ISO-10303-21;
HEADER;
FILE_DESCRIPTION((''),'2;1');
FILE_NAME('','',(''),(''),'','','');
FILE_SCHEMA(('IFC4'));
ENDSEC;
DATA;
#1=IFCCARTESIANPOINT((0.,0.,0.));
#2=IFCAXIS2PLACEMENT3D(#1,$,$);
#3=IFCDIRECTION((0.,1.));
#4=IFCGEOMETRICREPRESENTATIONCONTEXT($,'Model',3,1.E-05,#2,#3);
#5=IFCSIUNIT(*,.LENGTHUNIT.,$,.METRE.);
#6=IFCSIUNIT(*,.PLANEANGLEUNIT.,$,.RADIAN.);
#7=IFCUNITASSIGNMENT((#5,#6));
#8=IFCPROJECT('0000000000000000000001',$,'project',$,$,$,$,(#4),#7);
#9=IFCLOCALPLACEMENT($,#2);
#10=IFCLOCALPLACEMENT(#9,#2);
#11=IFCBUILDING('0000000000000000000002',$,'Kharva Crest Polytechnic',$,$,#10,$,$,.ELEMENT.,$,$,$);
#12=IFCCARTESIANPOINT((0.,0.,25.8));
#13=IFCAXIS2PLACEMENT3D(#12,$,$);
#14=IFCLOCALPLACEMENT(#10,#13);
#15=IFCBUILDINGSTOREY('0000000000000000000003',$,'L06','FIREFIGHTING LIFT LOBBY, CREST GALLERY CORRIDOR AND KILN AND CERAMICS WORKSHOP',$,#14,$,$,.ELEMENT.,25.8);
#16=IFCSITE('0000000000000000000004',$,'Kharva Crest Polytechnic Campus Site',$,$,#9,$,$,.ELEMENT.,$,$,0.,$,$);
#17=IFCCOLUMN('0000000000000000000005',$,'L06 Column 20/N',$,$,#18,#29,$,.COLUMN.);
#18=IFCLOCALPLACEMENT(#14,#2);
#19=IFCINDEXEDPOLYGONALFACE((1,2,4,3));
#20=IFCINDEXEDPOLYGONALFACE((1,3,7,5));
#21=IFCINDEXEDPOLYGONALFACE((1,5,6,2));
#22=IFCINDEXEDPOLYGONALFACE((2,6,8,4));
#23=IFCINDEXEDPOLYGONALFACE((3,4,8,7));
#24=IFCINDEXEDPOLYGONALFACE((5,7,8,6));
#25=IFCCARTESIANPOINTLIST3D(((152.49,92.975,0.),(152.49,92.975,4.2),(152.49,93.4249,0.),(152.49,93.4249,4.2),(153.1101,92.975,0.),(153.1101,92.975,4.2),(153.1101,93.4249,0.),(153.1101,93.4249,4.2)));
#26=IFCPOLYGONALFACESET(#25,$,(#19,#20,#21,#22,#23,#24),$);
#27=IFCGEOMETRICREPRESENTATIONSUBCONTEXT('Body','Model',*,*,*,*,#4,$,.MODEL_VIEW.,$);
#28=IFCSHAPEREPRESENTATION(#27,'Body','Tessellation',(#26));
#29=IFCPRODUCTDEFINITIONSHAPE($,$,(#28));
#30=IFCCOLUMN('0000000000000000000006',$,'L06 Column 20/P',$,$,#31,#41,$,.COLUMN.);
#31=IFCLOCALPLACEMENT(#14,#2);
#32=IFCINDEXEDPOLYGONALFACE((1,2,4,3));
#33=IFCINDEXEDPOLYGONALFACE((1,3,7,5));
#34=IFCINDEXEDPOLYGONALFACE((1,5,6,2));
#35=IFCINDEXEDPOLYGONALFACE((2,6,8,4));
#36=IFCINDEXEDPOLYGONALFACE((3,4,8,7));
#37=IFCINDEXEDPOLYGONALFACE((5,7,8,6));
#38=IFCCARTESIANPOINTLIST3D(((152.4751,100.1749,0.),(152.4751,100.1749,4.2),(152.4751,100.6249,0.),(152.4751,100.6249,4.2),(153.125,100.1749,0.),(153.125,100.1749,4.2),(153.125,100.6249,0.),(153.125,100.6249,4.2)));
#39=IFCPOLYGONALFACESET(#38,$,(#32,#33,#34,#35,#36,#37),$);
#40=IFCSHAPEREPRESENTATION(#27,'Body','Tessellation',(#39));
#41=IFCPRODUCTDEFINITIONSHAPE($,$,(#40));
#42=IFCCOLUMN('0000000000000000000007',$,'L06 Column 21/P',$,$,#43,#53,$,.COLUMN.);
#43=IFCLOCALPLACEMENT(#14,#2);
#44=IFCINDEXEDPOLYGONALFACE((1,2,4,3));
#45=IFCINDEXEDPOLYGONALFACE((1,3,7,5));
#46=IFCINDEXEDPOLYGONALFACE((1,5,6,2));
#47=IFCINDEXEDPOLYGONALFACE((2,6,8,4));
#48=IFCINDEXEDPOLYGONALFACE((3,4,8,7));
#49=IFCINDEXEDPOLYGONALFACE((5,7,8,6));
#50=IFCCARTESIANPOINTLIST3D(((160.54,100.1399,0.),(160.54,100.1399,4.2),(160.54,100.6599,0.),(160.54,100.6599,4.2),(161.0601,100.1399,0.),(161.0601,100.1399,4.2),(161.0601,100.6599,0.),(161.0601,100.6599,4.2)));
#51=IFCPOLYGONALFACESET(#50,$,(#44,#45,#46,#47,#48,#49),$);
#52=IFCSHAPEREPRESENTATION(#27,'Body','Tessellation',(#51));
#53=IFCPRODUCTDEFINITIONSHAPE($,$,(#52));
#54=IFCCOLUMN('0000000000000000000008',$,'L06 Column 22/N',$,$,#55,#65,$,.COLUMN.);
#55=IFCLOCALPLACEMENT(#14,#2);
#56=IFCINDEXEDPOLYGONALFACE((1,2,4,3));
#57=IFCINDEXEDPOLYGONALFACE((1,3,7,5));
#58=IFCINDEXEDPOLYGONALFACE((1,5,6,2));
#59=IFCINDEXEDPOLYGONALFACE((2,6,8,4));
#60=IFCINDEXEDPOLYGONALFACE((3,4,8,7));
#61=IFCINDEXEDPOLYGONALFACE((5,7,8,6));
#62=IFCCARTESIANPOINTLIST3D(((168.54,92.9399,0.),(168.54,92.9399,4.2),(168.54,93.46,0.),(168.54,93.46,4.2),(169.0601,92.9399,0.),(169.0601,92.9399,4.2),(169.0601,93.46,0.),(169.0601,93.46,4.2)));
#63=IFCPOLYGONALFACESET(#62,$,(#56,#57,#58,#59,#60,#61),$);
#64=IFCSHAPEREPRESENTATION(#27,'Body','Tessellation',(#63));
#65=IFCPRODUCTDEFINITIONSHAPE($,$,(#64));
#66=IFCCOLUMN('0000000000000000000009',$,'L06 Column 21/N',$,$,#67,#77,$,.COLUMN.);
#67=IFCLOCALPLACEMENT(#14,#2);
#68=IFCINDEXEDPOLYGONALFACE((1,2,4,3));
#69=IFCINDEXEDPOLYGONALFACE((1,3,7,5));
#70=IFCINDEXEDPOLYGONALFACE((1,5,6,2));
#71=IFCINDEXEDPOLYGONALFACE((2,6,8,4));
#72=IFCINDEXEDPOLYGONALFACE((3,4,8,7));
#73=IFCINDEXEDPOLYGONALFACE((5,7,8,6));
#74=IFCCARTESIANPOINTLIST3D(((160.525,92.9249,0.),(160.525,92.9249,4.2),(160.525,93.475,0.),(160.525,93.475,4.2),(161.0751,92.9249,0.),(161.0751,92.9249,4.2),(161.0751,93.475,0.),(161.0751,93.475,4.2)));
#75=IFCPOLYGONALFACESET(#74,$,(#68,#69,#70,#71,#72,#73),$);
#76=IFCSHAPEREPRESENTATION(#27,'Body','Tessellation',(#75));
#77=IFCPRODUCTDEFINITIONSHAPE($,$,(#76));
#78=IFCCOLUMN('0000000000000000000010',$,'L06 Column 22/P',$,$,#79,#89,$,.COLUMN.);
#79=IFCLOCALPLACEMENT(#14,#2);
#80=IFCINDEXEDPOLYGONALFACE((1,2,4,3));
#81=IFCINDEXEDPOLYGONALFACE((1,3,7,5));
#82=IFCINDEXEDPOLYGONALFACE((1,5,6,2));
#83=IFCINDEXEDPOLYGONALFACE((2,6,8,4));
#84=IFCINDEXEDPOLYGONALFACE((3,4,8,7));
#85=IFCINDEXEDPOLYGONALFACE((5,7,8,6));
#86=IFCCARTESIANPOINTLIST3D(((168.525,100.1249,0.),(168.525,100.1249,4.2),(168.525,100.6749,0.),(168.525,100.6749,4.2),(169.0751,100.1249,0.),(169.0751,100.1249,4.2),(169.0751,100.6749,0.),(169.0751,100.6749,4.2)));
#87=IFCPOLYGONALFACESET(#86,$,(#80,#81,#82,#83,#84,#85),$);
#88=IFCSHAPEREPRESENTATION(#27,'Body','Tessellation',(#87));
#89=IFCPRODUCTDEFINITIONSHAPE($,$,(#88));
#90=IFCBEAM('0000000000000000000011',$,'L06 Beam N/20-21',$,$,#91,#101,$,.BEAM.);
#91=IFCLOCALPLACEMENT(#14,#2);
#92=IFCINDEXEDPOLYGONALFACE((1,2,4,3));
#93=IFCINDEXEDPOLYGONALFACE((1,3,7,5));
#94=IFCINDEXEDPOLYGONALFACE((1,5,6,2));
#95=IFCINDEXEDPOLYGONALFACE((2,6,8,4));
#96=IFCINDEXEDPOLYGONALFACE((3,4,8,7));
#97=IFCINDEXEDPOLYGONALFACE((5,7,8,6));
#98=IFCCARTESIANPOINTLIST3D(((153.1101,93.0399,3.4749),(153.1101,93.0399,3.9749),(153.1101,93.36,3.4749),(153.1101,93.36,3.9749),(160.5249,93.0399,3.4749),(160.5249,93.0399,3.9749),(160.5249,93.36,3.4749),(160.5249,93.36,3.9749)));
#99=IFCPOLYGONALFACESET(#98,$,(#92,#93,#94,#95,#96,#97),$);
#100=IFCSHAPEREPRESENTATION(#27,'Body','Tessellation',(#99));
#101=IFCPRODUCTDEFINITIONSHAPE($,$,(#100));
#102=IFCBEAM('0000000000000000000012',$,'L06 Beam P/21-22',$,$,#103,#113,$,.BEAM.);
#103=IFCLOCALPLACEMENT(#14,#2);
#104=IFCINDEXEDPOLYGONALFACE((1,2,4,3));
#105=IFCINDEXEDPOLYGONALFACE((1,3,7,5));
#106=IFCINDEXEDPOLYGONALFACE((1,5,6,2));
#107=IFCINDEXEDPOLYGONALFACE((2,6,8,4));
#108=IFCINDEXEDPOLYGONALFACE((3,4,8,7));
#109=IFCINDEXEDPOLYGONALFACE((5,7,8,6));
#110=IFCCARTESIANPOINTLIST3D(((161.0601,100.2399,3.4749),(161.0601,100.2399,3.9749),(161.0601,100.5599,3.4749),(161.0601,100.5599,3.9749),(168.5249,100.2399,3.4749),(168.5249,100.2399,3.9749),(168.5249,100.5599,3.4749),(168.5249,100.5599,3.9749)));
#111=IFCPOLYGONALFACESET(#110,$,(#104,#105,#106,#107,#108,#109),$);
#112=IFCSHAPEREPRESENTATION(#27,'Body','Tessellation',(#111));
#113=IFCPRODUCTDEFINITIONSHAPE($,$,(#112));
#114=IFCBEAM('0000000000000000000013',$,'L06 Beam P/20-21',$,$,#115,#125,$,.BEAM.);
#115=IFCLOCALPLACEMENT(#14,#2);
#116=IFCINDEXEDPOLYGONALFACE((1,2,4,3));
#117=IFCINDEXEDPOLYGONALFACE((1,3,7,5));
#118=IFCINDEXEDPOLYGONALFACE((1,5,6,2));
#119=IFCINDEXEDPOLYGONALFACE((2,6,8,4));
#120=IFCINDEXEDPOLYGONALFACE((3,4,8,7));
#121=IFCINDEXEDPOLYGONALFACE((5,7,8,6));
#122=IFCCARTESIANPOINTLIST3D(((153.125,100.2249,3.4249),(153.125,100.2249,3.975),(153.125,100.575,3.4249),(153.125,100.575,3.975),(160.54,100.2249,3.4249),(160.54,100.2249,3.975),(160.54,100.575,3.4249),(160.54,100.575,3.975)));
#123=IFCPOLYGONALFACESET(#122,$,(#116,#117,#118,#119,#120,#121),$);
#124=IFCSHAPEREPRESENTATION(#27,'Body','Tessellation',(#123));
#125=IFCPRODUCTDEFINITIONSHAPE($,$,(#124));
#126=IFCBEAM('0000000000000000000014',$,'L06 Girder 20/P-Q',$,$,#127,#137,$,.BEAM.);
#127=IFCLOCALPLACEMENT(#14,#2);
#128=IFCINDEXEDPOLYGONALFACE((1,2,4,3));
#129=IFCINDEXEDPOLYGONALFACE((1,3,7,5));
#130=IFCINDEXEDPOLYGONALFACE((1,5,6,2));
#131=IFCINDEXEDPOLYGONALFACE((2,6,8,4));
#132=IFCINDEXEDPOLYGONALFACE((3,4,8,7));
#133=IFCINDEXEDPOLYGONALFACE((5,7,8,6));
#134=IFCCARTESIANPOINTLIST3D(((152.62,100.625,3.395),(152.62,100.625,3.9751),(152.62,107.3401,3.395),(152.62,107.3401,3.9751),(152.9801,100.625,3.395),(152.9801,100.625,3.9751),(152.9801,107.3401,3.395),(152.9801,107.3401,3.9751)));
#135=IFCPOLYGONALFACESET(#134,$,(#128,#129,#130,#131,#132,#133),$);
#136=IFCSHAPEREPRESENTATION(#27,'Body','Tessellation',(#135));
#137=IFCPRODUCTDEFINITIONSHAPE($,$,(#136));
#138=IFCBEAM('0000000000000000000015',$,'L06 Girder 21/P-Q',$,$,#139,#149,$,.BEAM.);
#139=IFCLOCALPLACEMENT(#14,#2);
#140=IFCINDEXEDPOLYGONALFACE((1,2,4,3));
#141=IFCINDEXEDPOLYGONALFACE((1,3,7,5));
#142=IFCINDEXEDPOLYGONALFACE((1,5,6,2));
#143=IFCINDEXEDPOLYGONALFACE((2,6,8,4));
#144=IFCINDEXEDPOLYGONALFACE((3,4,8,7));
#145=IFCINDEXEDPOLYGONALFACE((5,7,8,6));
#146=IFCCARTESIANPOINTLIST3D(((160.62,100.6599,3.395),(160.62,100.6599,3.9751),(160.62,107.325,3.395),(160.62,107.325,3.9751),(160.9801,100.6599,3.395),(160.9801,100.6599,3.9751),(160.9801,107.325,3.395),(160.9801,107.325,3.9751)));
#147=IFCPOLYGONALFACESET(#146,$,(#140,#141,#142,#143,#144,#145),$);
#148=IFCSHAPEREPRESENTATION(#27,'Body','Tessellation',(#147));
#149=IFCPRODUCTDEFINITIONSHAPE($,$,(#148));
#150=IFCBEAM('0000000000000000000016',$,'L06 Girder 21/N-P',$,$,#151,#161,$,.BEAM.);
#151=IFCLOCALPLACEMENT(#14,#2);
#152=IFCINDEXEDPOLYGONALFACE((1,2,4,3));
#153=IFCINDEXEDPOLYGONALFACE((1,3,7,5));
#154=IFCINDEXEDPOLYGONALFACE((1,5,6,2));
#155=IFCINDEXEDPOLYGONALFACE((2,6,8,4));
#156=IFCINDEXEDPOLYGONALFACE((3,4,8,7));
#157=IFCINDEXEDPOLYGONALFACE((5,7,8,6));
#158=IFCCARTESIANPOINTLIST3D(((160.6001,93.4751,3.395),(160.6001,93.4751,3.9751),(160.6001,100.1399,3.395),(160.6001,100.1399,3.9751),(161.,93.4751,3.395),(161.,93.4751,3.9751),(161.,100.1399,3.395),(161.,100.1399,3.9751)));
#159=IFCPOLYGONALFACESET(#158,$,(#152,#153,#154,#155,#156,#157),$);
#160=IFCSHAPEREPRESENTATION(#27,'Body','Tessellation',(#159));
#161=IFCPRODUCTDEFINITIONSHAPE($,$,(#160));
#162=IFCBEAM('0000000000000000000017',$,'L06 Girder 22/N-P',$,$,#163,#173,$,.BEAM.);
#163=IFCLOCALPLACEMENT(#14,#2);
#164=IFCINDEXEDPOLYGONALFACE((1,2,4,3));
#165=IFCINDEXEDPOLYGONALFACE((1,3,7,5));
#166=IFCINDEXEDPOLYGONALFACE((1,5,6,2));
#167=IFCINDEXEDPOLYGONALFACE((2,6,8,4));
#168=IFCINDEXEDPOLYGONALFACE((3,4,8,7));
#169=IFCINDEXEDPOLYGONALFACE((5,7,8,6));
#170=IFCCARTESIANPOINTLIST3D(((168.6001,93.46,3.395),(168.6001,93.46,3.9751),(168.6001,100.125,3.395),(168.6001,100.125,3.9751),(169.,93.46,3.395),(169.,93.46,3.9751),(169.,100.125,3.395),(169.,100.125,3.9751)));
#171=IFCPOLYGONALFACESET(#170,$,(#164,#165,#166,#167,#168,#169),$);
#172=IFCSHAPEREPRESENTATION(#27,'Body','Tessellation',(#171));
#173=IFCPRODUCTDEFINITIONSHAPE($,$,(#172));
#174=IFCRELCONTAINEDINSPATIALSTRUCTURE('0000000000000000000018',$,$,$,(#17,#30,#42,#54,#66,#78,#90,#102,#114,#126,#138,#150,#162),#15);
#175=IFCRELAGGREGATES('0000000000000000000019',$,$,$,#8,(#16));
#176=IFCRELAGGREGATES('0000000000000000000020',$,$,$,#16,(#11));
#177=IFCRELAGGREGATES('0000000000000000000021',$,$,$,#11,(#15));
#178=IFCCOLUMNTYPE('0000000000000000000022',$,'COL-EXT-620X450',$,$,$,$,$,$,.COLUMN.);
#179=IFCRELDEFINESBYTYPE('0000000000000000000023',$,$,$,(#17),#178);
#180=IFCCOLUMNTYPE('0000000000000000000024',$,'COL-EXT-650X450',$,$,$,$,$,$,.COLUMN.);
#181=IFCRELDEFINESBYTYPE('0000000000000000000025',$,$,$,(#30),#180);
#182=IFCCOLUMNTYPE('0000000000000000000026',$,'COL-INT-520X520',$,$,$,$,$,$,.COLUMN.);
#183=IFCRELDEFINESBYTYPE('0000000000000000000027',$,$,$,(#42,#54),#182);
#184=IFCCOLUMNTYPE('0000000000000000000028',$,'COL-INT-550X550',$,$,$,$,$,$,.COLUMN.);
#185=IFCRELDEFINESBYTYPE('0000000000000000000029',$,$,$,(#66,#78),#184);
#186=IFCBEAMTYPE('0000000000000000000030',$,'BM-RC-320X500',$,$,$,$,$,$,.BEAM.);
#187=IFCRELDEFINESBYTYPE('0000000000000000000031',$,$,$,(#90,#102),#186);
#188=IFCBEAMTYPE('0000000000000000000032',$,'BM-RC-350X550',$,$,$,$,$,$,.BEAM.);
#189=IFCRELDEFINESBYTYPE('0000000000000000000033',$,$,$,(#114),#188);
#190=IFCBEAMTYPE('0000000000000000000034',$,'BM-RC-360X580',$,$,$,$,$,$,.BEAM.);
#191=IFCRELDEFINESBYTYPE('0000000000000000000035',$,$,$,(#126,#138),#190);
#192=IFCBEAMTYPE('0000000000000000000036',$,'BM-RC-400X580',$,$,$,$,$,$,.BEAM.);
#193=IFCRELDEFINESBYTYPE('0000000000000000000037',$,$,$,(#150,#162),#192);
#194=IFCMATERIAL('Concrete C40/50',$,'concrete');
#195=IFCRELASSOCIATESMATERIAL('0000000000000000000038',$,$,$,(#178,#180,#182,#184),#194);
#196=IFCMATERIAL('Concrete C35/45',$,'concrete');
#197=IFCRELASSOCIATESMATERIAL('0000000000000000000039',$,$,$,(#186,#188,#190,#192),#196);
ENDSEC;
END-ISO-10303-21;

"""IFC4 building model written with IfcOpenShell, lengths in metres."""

from ifc_helpers import new_model, si_unit, direction, frame, origin, origin_2d, place, context, subcontext, project, spatial, rectangle, extrude, material, material_profile, profile_set, type_object, element, save


model = new_model("IFC4")

# Units and contexts
model_context = context("Model", 3, precision=1e-05, world=origin(), true_north=direction((0.0, 1.0)))
body_context = subcontext(model_context, "Body", "Model", "MODEL_VIEW")
ifc_project = project(units=[si_unit("LENGTHUNIT", "METRE"), si_unit("PLANEANGLEUNIT", "RADIAN")], contexts=[model_context])

# Site, building, storey
site_placement = place(None, origin())
site = spatial("IfcSite", under=ifc_project, at=site_placement, Name="Kharva Crest Polytechnic Campus Site", CompositionType="ELEMENT", RefElevation=0.0)
building_placement = place(site_placement, origin())
building = spatial("IfcBuilding", under=site, at=building_placement, Name="Kharva Crest Polytechnic", CompositionType="ELEMENT")
storey_placement = place(building_placement, frame((0.0, 0.0, 25.8)))
storey = spatial("IfcBuildingStorey", under=building, at=storey_placement, Name="L06", Description="FIREFIGHTING LIFT LOBBY, CREST GALLERY CORRIDOR AND KILN AND CERAMICS WORKSHOP", CompositionType="ELEMENT", Elevation=25.8)

# Columns
ifc_material_1 = material(Name="Concrete C40/50", Category="concrete")
ifc_material_profile_1 = material_profile(ifc_material_1, rectangle(XDim=0.6201, YDim=0.45, at=origin_2d()), Name="RECT 620 X 450")
ifc_profile_set_1 = profile_set([ifc_material_profile_1], Name="Concrete C40/50")
column_type_1 = type_object("IfcColumnType", Name="COL-EXT-620X450", PredefinedType="COLUMN", material=ifc_profile_set_1)
column_1_placement = place(storey_placement, frame((152.8, 93.2, 0.0), z_axis=(0.0, 0.0, 1.0), x_axis=(1.0, 0.0, 0.0)))
element("IfcColumn", 1, at=column_1_placement, inside=storey, type_object=column_type_1, Name="L06 Column 20/N", PredefinedType="COLUMN", context=body_context, shape_type="SweptSolid", body=[
    extrude(rectangle(XDim=0.6201, YDim=0.45, at=origin_2d()), origin(), (0.0, 0.0, 1.0), 4.2),
])
ifc_material_profile_2 = material_profile(ifc_material_1, rectangle(XDim=0.6499, YDim=0.45, at=origin_2d()), Name="RECT 650 X 450")
ifc_profile_set_2 = profile_set([ifc_material_profile_2], Name="Concrete C40/50")
column_type_2 = type_object("IfcColumnType", Name="COL-EXT-650X450", PredefinedType="COLUMN", material=ifc_profile_set_2)
column_2_placement = place(storey_placement, frame((152.8, 100.3999, 0.0), z_axis=(0.0, 0.0, 1.0), x_axis=(1.0, 0.0, 0.0)))
element("IfcColumn", 2, at=column_2_placement, inside=storey, type_object=column_type_2, Name="L06 Column 20/P", PredefinedType="COLUMN", context=body_context, shape_type="SweptSolid", body=[
    extrude(rectangle(XDim=0.6499, YDim=0.45, at=origin_2d()), origin(), (0.0, 0.0, 1.0), 4.2),
])
ifc_material_profile_3 = material_profile(ifc_material_1, rectangle(XDim=0.52, YDim=0.52, at=origin_2d()), Name="RECT 520 X 520")
ifc_profile_set_3 = profile_set([ifc_material_profile_3], Name="Concrete C40/50")
column_type_3 = type_object("IfcColumnType", Name="COL-INT-520X520", PredefinedType="COLUMN", material=ifc_profile_set_3)
for number, where, z_axis, x_axis, name in (
    (3, (160.8, 100.3999, 0.0), (0.0, 0.0, 1.0), (1.0, 0.0, 0.0), "L06 Column 21/P"),
    (4, (168.8, 93.2, 0.0), (0.0, 0.0, 1.0), (1.0, 0.0, 0.0), "L06 Column 22/N"),
):
    element("IfcColumn", number, at=place(storey_placement, frame(where, z_axis=z_axis, x_axis=x_axis)), inside=storey, type_object=column_type_3, Name=name, PredefinedType="COLUMN", context=body_context, shape_type="SweptSolid", body=[
        extrude(rectangle(XDim=0.52, YDim=0.52, at=origin_2d()), origin(), (0.0, 0.0, 1.0), 4.2),
    ])
ifc_material_profile_4 = material_profile(ifc_material_1, rectangle(XDim=0.55, YDim=0.55, at=origin_2d()), Name="RECT 550 X 550")
ifc_profile_set_4 = profile_set([ifc_material_profile_4], Name="Concrete C40/50")
column_type_4 = type_object("IfcColumnType", Name="COL-INT-550X550", PredefinedType="COLUMN", material=ifc_profile_set_4)
for number, where, z_axis, x_axis, name in (
    (5, (160.8, 93.2, 0.0), (0.0, 0.0, 1.0), (1.0, 0.0, 0.0), "L06 Column 21/N"),
    (6, (168.8, 100.3999, 0.0), (0.0, 0.0, 1.0), (1.0, 0.0, 0.0), "L06 Column 22/P"),
):
    element("IfcColumn", number, at=place(storey_placement, frame(where, z_axis=z_axis, x_axis=x_axis)), inside=storey, type_object=column_type_4, Name=name, PredefinedType="COLUMN", context=body_context, shape_type="SweptSolid", body=[
        extrude(rectangle(XDim=0.55, YDim=0.55, at=origin_2d()), origin(), (0.0, 0.0, 1.0), 4.2),
    ])

# Beams
ifc_material_2 = material(Name="Concrete C35/45", Category="concrete")
ifc_material_profile_5 = material_profile(ifc_material_2, rectangle(XDim=0.3201, YDim=0.5, at=origin_2d()), Name="RECT 320 X 500")
ifc_profile_set_5 = profile_set([ifc_material_profile_5], Name="Concrete C35/45")
beam_type_1 = type_object("IfcBeamType", Name="BM-RC-320X500", PredefinedType="BEAM", material=ifc_profile_set_5)
beam_1_placement = place(storey_placement, frame((153.1101, 93.2, 3.7249), z_axis=(1.0, 0.0, 0.0), x_axis=(0.0, 1.0, 0.0)))
element("IfcBeam", 7, at=beam_1_placement, inside=storey, type_object=beam_type_1, Name="L06 Beam N/20-21", PredefinedType="BEAM", context=body_context, shape_type="SweptSolid", body=[
    extrude(rectangle(XDim=0.3201, YDim=0.5, at=origin_2d()), origin(), (0.0, 0.0, 1.0), 7.4148),
])
beam_2_placement = place(storey_placement, frame((161.0601, 100.3999, 3.7249), z_axis=(1.0, 0.0, 0.0), x_axis=(0.0, 1.0, 0.0)))
element("IfcBeam", 8, at=beam_2_placement, inside=storey, type_object=beam_type_1, Name="L06 Beam P/21-22", PredefinedType="BEAM", context=body_context, shape_type="SweptSolid", body=[
    extrude(rectangle(XDim=0.3201, YDim=0.5, at=origin_2d()), origin(), (0.0, 0.0, 1.0), 7.4648),
])
ifc_material_profile_6 = material_profile(ifc_material_2, rectangle(XDim=0.3501, YDim=0.55, at=origin_2d()), Name="RECT 350 X 550")
ifc_profile_set_6 = profile_set([ifc_material_profile_6], Name="Concrete C35/45")
beam_type_2 = type_object("IfcBeamType", Name="BM-RC-350X550", PredefinedType="BEAM", material=ifc_profile_set_6)
beam_3_placement = place(storey_placement, frame((153.125, 100.3999, 3.7), z_axis=(1.0, 0.0, 0.0), x_axis=(0.0, 1.0, 0.0)))
element("IfcBeam", 9, at=beam_3_placement, inside=storey, type_object=beam_type_2, Name="L06 Beam P/20-21", PredefinedType="BEAM", context=body_context, shape_type="SweptSolid", body=[
    extrude(rectangle(XDim=0.3501, YDim=0.55, at=origin_2d()), origin(), (0.0, 0.0, 1.0), 7.415),
])
ifc_material_profile_7 = material_profile(ifc_material_2, rectangle(XDim=0.3601, YDim=0.5801, at=origin_2d()), Name="RECT 360 X 580")
ifc_profile_set_7 = profile_set([ifc_material_profile_7], Name="Concrete C35/45")
beam_type_3 = type_object("IfcBeamType", Name="BM-RC-360X580", PredefinedType="BEAM", material=ifc_profile_set_7)
beam_4_placement = place(storey_placement, frame((152.8, 100.625, 3.6851), z_axis=(0.0, 1.0, 0.0), x_axis=(-1.0, 0.0, 0.0)))
element("IfcBeam", 10, at=beam_4_placement, inside=storey, type_object=beam_type_3, Name="L06 Girder 20/P-Q", PredefinedType="BEAM", context=body_context, shape_type="SweptSolid", body=[
    extrude(rectangle(XDim=0.3601, YDim=0.5801, at=origin_2d()), origin(), (0.0, 0.0, 1.0), 6.7151),
])
beam_5_placement = place(storey_placement, frame((160.8, 100.6599, 3.6851), z_axis=(0.0, 1.0, 0.0), x_axis=(-1.0, 0.0, 0.0)))
element("IfcBeam", 11, at=beam_5_placement, inside=storey, type_object=beam_type_3, Name="L06 Girder 21/P-Q", PredefinedType="BEAM", context=body_context, shape_type="SweptSolid", body=[
    extrude(rectangle(XDim=0.3601, YDim=0.5801, at=origin_2d()), origin(), (0.0, 0.0, 1.0), 6.665),
])
ifc_material_profile_8 = material_profile(ifc_material_2, rectangle(XDim=0.3999, YDim=0.5801, at=origin_2d()), Name="RECT 400 X 580")
ifc_profile_set_8 = profile_set([ifc_material_profile_8], Name="Concrete C35/45")
beam_type_4 = type_object("IfcBeamType", Name="BM-RC-400X580", PredefinedType="BEAM", material=ifc_profile_set_8)
beam_6_placement = place(storey_placement, frame((160.8, 93.4751, 3.6851), z_axis=(0.0, 1.0, 0.0), x_axis=(-1.0, 0.0, 0.0)))
element("IfcBeam", 12, at=beam_6_placement, inside=storey, type_object=beam_type_4, Name="L06 Girder 21/N-P", PredefinedType="BEAM", context=body_context, shape_type="SweptSolid", body=[
    extrude(rectangle(XDim=0.3999, YDim=0.5801, at=origin_2d()), origin(), (0.0, 0.0, 1.0), 6.6648),
])
beam_7_placement = place(storey_placement, frame((168.8, 93.46, 3.6851), z_axis=(0.0, 1.0, 0.0), x_axis=(-1.0, 0.0, 0.0)))
element("IfcBeam", 13, at=beam_7_placement, inside=storey, type_object=beam_type_4, Name="L06 Girder 22/N-P", PredefinedType="BEAM", context=body_context, shape_type="SweptSolid", body=[
    extrude(rectangle(XDim=0.3999, YDim=0.5801, at=origin_2d()), origin(), (0.0, 0.0, 1.0), 6.665),
])

save(model, "model.ifc")
